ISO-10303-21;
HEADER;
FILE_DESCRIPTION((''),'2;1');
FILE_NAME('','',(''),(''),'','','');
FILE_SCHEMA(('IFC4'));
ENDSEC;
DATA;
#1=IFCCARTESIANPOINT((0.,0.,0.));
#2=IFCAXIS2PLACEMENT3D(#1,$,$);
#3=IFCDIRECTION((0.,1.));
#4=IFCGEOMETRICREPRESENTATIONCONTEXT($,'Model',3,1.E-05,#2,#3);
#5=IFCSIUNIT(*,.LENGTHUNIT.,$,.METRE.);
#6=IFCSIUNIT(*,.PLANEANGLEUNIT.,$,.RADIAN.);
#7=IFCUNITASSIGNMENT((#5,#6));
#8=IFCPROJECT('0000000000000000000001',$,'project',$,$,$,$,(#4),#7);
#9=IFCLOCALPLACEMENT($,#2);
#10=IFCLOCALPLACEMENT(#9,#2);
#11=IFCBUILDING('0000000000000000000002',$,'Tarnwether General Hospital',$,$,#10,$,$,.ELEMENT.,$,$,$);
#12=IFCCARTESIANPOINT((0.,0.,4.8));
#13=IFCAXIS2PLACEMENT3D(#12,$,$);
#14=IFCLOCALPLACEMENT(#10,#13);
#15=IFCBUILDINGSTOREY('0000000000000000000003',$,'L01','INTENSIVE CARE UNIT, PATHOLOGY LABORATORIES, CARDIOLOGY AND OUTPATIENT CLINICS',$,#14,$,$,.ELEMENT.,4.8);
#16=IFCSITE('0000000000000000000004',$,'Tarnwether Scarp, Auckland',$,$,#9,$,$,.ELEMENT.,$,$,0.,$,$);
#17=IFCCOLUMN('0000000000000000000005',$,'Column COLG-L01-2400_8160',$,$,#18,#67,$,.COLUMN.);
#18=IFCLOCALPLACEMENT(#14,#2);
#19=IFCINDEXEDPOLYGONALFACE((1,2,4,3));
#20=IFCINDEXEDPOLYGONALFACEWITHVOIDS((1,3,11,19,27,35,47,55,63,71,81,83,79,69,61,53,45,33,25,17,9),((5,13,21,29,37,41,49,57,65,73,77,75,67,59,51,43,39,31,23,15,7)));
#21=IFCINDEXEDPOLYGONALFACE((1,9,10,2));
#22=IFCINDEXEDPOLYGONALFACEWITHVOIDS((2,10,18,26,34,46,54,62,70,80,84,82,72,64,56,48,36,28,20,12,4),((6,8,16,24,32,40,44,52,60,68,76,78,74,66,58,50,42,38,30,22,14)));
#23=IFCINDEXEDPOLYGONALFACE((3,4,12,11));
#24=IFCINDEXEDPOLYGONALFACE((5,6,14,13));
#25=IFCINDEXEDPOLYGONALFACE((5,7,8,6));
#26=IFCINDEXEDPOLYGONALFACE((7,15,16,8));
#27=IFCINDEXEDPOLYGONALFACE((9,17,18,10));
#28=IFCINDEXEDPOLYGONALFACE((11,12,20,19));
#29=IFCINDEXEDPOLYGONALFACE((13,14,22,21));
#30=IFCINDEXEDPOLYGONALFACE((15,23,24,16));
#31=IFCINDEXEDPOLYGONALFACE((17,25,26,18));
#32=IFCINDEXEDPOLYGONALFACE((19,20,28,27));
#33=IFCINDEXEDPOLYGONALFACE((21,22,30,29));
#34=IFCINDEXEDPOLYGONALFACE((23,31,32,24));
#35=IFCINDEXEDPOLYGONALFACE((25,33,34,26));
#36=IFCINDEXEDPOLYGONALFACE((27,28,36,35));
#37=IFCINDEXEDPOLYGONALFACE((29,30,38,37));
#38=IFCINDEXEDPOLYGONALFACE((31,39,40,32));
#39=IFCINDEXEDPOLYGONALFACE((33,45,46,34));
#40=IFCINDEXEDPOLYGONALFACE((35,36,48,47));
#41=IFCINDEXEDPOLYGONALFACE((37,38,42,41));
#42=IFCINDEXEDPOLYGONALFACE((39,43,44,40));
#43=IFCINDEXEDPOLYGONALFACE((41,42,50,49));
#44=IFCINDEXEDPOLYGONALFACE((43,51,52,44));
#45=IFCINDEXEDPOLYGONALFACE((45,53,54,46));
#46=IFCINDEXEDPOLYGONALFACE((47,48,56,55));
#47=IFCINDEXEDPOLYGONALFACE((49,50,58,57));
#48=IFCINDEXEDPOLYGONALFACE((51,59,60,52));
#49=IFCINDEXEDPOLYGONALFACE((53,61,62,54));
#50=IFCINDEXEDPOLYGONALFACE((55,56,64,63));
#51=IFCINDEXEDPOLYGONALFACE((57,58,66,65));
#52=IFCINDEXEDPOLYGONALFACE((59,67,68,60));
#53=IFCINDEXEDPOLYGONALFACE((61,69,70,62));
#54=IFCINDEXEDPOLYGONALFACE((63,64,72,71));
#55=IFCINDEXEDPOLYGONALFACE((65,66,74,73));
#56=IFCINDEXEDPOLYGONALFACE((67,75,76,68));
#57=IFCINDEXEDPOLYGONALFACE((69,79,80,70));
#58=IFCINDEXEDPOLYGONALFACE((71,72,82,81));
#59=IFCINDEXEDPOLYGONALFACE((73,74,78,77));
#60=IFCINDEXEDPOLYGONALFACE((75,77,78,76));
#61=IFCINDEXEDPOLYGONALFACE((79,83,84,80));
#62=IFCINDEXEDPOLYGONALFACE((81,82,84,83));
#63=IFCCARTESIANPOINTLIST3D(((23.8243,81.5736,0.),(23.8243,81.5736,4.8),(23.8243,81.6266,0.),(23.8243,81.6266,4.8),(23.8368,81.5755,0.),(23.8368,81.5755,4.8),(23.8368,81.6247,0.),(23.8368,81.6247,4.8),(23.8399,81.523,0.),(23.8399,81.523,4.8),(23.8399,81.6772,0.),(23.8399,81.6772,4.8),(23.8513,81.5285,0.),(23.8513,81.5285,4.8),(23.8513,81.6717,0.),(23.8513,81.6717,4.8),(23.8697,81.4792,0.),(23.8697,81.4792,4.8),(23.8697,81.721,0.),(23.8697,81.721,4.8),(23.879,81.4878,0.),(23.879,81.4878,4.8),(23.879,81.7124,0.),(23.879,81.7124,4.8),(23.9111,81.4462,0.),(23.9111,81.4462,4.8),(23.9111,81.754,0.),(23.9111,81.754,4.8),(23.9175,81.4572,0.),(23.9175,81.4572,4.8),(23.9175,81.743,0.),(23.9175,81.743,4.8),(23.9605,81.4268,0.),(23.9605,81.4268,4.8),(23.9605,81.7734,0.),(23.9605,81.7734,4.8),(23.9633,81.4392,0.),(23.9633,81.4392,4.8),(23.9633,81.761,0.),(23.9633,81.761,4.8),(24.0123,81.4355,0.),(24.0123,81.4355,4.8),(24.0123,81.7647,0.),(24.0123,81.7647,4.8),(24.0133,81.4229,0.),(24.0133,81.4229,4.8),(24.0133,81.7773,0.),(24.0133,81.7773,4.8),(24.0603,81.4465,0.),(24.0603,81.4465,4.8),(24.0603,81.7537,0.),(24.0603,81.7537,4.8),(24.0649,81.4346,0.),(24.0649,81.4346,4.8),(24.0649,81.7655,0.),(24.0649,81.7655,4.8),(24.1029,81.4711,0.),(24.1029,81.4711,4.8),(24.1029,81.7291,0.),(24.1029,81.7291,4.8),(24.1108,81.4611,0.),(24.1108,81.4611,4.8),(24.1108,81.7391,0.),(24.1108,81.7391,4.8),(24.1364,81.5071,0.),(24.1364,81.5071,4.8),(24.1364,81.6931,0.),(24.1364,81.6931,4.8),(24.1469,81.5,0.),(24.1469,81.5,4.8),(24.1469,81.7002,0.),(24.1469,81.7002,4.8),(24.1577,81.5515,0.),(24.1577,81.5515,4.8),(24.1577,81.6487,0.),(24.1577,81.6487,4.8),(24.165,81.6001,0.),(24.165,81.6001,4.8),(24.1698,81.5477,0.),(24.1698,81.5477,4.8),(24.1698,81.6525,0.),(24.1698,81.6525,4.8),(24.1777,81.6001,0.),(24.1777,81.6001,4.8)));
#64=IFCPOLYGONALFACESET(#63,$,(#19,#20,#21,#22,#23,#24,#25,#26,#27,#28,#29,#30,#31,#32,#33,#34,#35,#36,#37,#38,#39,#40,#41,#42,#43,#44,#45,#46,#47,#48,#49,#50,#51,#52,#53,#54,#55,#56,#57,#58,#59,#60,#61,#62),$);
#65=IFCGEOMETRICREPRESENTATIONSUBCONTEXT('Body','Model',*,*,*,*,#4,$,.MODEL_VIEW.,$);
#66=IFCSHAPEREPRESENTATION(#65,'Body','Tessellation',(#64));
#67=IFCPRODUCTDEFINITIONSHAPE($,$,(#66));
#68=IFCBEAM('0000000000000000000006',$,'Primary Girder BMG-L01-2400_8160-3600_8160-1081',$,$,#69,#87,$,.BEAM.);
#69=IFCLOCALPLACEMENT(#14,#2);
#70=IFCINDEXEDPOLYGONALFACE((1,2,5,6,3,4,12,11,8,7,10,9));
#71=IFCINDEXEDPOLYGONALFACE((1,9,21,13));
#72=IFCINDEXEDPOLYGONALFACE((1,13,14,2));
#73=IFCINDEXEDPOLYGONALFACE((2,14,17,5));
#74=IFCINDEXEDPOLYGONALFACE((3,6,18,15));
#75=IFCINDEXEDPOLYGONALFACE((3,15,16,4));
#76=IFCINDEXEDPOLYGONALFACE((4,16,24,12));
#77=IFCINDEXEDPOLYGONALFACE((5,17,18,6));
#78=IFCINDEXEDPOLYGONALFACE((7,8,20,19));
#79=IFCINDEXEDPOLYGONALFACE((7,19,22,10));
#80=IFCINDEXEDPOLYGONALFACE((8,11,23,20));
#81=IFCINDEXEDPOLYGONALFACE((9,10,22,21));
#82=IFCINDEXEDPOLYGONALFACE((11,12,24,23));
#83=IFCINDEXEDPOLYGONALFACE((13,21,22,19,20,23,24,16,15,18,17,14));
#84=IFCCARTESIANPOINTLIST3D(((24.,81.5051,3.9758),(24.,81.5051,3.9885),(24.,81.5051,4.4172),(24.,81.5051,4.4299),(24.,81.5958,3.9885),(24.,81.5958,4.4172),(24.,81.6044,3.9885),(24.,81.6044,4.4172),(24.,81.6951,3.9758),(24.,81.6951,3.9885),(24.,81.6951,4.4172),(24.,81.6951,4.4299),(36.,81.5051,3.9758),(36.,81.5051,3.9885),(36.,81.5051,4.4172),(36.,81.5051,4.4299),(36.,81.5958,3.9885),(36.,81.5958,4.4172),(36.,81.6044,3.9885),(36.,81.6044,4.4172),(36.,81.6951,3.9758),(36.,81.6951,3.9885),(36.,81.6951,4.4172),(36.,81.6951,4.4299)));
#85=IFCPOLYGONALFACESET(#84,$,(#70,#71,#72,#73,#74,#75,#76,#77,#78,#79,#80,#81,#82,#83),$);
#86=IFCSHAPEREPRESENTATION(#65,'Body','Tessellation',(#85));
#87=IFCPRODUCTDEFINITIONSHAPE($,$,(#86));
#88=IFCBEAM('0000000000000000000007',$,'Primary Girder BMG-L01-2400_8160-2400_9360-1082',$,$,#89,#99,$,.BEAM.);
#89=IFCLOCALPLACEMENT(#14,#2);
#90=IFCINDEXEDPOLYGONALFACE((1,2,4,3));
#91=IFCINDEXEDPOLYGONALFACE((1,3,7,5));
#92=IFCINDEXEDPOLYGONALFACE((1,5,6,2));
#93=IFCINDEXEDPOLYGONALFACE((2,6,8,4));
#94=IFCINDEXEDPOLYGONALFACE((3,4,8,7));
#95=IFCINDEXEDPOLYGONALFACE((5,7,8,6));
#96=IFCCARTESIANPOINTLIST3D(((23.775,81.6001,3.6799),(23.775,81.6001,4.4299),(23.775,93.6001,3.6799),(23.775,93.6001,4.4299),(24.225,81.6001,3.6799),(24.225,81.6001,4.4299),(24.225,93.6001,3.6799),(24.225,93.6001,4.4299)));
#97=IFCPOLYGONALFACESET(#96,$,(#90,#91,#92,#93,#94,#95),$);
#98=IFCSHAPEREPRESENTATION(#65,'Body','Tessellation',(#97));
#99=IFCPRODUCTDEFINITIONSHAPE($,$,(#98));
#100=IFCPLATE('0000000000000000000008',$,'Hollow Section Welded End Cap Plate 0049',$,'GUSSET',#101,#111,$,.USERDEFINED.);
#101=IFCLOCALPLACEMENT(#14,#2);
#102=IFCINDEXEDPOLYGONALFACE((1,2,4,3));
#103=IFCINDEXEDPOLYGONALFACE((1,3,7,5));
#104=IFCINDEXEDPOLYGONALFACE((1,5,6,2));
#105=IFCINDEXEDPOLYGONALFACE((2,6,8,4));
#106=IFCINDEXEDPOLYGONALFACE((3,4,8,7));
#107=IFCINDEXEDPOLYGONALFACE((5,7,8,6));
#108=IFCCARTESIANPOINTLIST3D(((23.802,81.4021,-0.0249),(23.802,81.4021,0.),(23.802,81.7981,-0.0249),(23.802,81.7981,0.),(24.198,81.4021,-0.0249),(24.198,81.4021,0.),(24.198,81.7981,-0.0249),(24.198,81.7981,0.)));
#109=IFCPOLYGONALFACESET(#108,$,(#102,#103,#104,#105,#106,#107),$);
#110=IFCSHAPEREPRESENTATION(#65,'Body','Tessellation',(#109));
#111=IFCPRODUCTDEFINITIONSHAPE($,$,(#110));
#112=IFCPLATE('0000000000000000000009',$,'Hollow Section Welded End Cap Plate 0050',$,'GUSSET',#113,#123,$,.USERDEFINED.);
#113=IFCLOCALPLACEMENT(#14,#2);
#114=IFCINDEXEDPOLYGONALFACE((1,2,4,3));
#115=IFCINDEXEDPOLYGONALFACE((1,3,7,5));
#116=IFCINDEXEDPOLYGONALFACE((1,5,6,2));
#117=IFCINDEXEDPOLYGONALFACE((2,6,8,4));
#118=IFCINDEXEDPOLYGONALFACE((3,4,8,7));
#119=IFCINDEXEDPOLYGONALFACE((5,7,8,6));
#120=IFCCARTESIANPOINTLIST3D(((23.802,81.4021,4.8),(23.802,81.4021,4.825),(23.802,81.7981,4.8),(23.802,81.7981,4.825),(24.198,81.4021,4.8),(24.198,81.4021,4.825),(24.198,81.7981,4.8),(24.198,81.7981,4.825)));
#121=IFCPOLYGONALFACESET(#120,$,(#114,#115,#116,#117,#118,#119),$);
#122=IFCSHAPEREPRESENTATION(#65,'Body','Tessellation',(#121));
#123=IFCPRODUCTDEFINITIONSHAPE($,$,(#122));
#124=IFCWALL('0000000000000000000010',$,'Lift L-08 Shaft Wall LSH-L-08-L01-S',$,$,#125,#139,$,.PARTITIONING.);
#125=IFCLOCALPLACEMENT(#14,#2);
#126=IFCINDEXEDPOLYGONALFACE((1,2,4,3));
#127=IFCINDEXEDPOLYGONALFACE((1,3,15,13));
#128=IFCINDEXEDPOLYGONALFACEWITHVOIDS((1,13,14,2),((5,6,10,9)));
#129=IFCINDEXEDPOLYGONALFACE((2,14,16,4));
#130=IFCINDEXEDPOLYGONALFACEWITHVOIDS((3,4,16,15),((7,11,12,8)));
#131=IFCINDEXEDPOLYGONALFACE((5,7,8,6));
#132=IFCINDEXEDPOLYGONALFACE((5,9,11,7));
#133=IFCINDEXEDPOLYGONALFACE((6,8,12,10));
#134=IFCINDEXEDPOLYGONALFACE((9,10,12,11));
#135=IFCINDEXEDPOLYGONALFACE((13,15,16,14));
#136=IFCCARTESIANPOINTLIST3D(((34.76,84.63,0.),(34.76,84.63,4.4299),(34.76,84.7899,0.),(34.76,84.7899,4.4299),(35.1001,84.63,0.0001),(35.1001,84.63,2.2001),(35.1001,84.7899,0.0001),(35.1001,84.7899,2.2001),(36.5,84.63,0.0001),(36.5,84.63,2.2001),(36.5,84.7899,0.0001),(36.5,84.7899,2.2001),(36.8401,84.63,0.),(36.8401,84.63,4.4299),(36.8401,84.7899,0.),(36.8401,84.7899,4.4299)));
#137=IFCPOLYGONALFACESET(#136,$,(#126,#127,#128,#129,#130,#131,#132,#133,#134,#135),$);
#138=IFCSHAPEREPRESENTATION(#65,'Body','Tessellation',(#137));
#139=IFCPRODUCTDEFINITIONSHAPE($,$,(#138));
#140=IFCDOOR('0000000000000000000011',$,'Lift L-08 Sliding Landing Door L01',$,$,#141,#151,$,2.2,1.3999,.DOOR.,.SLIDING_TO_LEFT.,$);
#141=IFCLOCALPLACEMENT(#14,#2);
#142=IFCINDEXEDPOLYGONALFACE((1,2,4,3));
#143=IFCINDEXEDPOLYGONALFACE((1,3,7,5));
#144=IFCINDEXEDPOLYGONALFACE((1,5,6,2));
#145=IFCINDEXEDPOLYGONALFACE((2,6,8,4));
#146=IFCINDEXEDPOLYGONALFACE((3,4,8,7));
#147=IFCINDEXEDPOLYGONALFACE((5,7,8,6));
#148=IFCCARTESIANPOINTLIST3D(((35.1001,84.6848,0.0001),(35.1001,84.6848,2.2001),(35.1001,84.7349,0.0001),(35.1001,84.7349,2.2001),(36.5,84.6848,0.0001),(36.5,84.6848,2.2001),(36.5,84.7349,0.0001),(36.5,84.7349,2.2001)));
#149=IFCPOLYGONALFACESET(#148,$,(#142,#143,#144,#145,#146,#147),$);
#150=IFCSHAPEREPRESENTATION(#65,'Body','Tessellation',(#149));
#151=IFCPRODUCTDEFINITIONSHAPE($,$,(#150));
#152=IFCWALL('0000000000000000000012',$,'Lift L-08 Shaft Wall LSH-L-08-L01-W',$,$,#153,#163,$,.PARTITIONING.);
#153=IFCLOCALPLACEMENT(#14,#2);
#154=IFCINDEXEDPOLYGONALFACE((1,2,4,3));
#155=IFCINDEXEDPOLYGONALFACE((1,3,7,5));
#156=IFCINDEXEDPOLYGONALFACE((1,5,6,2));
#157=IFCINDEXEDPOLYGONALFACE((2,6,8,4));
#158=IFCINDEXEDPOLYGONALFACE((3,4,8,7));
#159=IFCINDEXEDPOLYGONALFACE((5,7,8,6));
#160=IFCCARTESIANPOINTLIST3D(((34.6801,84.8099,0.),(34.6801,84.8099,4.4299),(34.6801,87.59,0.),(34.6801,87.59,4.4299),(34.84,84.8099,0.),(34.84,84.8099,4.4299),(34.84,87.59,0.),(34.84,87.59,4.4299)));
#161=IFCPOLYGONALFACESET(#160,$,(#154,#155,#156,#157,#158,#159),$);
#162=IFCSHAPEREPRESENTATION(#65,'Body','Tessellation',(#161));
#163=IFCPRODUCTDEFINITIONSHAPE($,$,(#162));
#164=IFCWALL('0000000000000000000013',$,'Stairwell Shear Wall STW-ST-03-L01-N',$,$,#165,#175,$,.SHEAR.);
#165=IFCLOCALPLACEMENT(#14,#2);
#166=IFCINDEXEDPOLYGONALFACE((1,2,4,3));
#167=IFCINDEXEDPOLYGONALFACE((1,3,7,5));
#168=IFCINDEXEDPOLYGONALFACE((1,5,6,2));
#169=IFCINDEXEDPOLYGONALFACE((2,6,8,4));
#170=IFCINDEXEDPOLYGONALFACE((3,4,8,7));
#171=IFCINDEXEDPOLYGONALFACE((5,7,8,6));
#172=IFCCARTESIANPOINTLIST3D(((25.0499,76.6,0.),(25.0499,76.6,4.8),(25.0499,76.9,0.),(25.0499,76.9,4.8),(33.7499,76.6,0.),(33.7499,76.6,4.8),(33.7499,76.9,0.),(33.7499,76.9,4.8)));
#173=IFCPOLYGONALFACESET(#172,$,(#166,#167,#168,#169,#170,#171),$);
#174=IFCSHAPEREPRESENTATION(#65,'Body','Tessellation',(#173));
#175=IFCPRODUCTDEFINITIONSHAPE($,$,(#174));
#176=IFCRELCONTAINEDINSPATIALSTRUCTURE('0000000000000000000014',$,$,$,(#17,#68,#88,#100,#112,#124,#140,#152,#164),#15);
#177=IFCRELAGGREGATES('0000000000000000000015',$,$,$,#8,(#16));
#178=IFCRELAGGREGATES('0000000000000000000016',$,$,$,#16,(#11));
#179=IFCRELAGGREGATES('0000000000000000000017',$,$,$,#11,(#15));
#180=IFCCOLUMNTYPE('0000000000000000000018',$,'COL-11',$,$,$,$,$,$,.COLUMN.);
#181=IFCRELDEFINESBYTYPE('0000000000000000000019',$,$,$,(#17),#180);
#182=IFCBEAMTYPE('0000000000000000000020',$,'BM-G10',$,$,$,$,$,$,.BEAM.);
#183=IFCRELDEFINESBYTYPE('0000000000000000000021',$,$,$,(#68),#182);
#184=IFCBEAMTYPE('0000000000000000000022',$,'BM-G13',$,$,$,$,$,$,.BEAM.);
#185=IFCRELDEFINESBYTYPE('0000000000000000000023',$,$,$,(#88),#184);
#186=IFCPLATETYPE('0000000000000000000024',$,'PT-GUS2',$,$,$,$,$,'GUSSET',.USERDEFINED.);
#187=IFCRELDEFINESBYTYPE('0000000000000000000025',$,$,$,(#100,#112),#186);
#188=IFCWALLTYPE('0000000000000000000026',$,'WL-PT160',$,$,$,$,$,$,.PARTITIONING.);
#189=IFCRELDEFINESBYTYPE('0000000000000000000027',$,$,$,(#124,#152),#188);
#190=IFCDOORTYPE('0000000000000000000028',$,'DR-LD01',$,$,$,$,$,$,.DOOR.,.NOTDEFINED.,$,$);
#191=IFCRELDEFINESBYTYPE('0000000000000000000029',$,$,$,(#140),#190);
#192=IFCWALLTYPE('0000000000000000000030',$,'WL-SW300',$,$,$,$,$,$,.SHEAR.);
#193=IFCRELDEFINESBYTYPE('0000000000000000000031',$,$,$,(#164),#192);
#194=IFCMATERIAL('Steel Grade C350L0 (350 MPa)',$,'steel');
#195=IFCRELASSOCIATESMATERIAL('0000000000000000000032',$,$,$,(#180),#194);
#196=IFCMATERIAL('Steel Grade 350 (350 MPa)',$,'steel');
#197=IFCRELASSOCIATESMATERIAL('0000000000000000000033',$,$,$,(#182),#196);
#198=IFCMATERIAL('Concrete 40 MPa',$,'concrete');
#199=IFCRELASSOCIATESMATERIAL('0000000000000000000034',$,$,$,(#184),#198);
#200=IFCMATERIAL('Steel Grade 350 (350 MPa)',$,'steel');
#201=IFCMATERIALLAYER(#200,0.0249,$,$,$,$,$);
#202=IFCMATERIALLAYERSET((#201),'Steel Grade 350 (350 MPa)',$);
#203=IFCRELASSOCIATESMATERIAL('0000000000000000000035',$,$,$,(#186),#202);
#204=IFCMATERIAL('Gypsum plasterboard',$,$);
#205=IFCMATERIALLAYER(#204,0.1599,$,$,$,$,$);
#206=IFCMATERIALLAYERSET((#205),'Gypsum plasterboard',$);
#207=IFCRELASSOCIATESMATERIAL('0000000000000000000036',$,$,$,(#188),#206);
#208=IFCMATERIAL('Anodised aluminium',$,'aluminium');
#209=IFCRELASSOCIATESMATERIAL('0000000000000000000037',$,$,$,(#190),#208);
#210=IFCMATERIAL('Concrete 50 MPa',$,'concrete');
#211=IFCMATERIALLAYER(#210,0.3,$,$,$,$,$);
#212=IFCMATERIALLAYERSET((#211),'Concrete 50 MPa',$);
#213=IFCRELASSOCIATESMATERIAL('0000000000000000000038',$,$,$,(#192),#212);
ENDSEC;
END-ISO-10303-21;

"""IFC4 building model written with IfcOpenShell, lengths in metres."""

from ifc_helpers import new_model, si_unit, direction, frame, frame_2d, origin, origin_2d, place, context, subcontext, project, spatial, rectangle, hollow_circle, i_section, extrude, material, layer, layer_set, material_profile, profile_set, type_object, element, fill, save


model = new_model("IFC4")

# Units and contexts
model_context = context("Model", 3, precision=1e-05, world=origin(), true_north=direction((0.0, 1.0)))
body_context = subcontext(model_context, "Body", "Model", "MODEL_VIEW")
ifc_project = project(units=[si_unit("LENGTHUNIT", "METRE"), si_unit("PLANEANGLEUNIT", "RADIAN")], contexts=[model_context])

# Site, building, storey
site_placement = place(None, origin())
site = spatial("IfcSite", under=ifc_project, at=site_placement, Name="Tarnwether Scarp, Auckland", CompositionType="ELEMENT", RefElevation=0.0)
building_placement = place(site_placement, origin())
building = spatial("IfcBuilding", under=site, at=building_placement, Name="Tarnwether General Hospital", CompositionType="ELEMENT")
storey_placement = place(building_placement, frame((0.0, 0.0, 4.8)))
storey = spatial("IfcBuildingStorey", under=building, at=storey_placement, Name="L01", Description="INTENSIVE CARE UNIT, PATHOLOGY LABORATORIES, CARDIOLOGY AND OUTPATIENT CLINICS", CompositionType="ELEMENT", Elevation=4.8)

# Column
ifc_material_1 = material(Name="Steel Grade C350L0 (350 MPa)", Category="steel")
ifc_material_profile_1 = material_profile(ifc_material_1, hollow_circle(Radius=0.1777, WallThickness=0.0127, at=origin_2d()), Name="CHS355.6x12.7")
ifc_profile_set_1 = profile_set([ifc_material_profile_1], Name="Steel Grade C350L0 (350 MPa)")
column_type = type_object("IfcColumnType", Name="COL-11", PredefinedType="COLUMN", material=ifc_profile_set_1)
column_placement = place(storey_placement, frame((24.0, 81.6001, 0.0), z_axis=(0.0, 0.0, 1.0), x_axis=(1.0, 0.0, 0.0)))
element("IfcColumn", 1, at=column_placement, inside=storey, type_object=column_type, Name="Column COLG-L01-2400_8160", PredefinedType="COLUMN", context=body_context, shape_type="SweptSolid", body=[
    extrude(hollow_circle(Radius=0.1777, WallThickness=0.0127, at=origin_2d()), origin(), (0.0, 0.0, 1.0), 4.8),
])

# Beams
ifc_material_2 = material(Name="Steel Grade 350 (350 MPa)", Category="steel")
ifc_material_profile_2 = material_profile(ifc_material_2, i_section(OverallWidth=0.1899, OverallDepth=0.4541, WebThickness=0.0085, FlangeThickness=0.0127, at=origin_2d()), Name="460UB67.1")
ifc_profile_set_2 = profile_set([ifc_material_profile_2], Name="Steel Grade 350 (350 MPa)")
beam_type_1 = type_object("IfcBeamType", Name="BM-G10", PredefinedType="BEAM", material=ifc_profile_set_2)
beam_1_placement = place(storey_placement, frame((24.0, 81.6001, 4.2029), z_axis=(1.0, 0.0, 0.0), x_axis=(0.0, 1.0, 0.0)))
element("IfcBeam", 2, at=beam_1_placement, inside=storey, type_object=beam_type_1, Name="Primary Girder BMG-L01-2400_8160-3600_8160-1081", PredefinedType="BEAM", context=body_context, shape_type="SweptSolid", body=[
    extrude(i_section(OverallWidth=0.1899, OverallDepth=0.4541, WebThickness=0.0085, FlangeThickness=0.0127, at=origin_2d()), origin(), (0.0, 0.0, 1.0), 12.0),
])
ifc_material_3 = material(Name="Concrete 40 MPa", Category="concrete")
ifc_material_profile_3 = material_profile(ifc_material_3, rectangle(XDim=0.45, YDim=0.75, at=origin_2d()), Name="RC-BM-450x750")
ifc_profile_set_3 = profile_set([ifc_material_profile_3], Name="Concrete 40 MPa")
beam_type_2 = type_object("IfcBeamType", Name="BM-G13", PredefinedType="BEAM", material=ifc_profile_set_3)
beam_2_placement = place(storey_placement, frame((24.0, 81.6001, 4.0549), z_axis=(0.0, 1.0, 0.0), x_axis=(-1.0, 0.0, 0.0)))
element("IfcBeam", 3, at=beam_2_placement, inside=storey, type_object=beam_type_2, Name="Primary Girder BMG-L01-2400_8160-2400_9360-1082", PredefinedType="BEAM", context=body_context, shape_type="SweptSolid", body=[
    extrude(rectangle(XDim=0.45, YDim=0.75, at=origin_2d()), origin(), (0.0, 0.0, 1.0), 12.0),
])

# Plates
ifc_material_4 = material(Name="Steel Grade 350 (350 MPa)", Category="steel")
ifc_layer_1 = layer(ifc_material_4, 0.0249)
ifc_layer_set_1 = layer_set([ifc_layer_1], Name="Steel Grade 350 (350 MPa)")
plate_type = type_object("IfcPlateType", Name="PT-GUS2", ElementType="GUSSET", PredefinedType="USERDEFINED", material=ifc_layer_set_1)
for number, where, z_axis, x_axis, name in (
    (4, (24.0, 81.6001, -0.0249), (0.0, 0.0, 1.0), (1.0, 0.0, 0.0), "Hollow Section Welded End Cap Plate 0049"),
    (5, (24.0, 81.6001, 4.8), (0.0, 0.0, 1.0), (1.0, 0.0, 0.0), "Hollow Section Welded End Cap Plate 0050"),
):
    element("IfcPlate", number, at=place(storey_placement, frame(where, z_axis=z_axis, x_axis=x_axis)), inside=storey, type_object=plate_type, Name=name, ObjectType="GUSSET", PredefinedType="USERDEFINED", context=body_context, shape_type="SweptSolid", body=[
        extrude(rectangle(XDim=0.396, YDim=0.396, at=origin_2d()), origin(), (0.0, 0.0, 1.0), 0.0249),
    ])

# Wall, opening, door
ifc_material_5 = material(Name="Gypsum plasterboard")
ifc_layer_2 = layer(ifc_material_5, 0.1599)
ifc_layer_set_2 = layer_set([ifc_layer_2], Name="Gypsum plasterboard")
wall_type_1 = type_object("IfcWallType", Name="WL-PT160", PredefinedType="PARTITIONING", material=ifc_layer_set_2)
wall_1_placement = place(storey_placement, frame((34.76, 84.71, 0.0), z_axis=(0.0, 0.0, 1.0), x_axis=(1.0, 0.0, 0.0)))
wall_1 = element("IfcWall", 6, at=wall_1_placement, inside=storey, type_object=wall_type_1, Name="Lift L-08 Shaft Wall LSH-L-08-L01-S", PredefinedType="PARTITIONING", context=body_context, shape_type="SweptSolid", body=[
    extrude(rectangle(XDim=2.0801, YDim=0.1599, at=frame_2d((1.04, 0.0))), origin(), (0.0, 0.0, 1.0), 4.4299),
])
opening_1_placement = place(wall_1_placement, frame((0.3401, 0.0, 0.0)))
opening_1 = element("IfcOpeningElement", 7, at=opening_1_placement, cuts=wall_1, PredefinedType="OPENING", context=body_context, shape_type="SweptSolid", body=[
    extrude(rectangle(XDim=1.3999, YDim=2.2, at=frame_2d((0.7, 1.1001))), frame((0.0, 0.0898, 0.0), z_axis=(0.0, -1.0, 0.0), x_axis=(1.0, 0.0, 0.0)), (0.0, 0.0, 1.0), 0.1799),
])
ifc_material_6 = material(Name="Anodised aluminium", Category="aluminium")
door_type_1 = type_object("IfcDoorType", Name="DR-LD01", OperationType="NOTDEFINED", PredefinedType="DOOR", material=ifc_material_6)
door_1_placement = place(opening_1_placement, origin())
door_1 = element("IfcDoor", 8, at=door_1_placement, inside=storey, type_object=door_type_1, Name="Lift L-08 Sliding Landing Door L01", OperationType="SLIDING_TO_LEFT", OverallHeight=2.2, OverallWidth=1.3999, PredefinedType="DOOR", context=body_context, shape_type="SweptSolid", body=[
    extrude(rectangle(XDim=1.3999, YDim=2.2, at=frame_2d((0.7, 1.1001))), frame((0.0, 0.0249, 0.0), z_axis=(0.0, -1.0, 0.0), x_axis=(1.0, 0.0, 0.0)), (0.0, 0.0, 1.0), 0.05),
])
fill(opening_1, door_1)

# Walls
wall_2_placement = place(storey_placement, frame((34.76, 87.5901, 0.0), z_axis=(0.0, 0.0, 1.0), x_axis=(0.0, -1.0, 0.0)))
element("IfcWall", 9, at=wall_2_placement, inside=storey, type_object=wall_type_1, Name="Lift L-08 Shaft Wall LSH-L-08-L01-W", PredefinedType="PARTITIONING", context=body_context, shape_type="SweptSolid", body=[
    extrude(rectangle(XDim=2.78, YDim=0.1599, at=frame_2d((1.3901, 0.0))), origin(), (0.0, 0.0, 1.0), 4.4299),
])
ifc_material_7 = material(Name="Concrete 50 MPa", Category="concrete")
ifc_layer_3 = layer(ifc_material_7, 0.3)
ifc_layer_set_3 = layer_set([ifc_layer_3], Name="Concrete 50 MPa")
wall_type_2 = type_object("IfcWallType", Name="WL-SW300", PredefinedType="SHEAR", material=ifc_layer_set_3)
wall_3_placement = place(storey_placement, frame((33.75, 76.75, 0.0), z_axis=(0.0, 0.0, 1.0), x_axis=(-1.0, 0.0, 0.0)))
element("IfcWall", 10, at=wall_3_placement, inside=storey, type_object=wall_type_2, Name="Stairwell Shear Wall STW-ST-03-L01-N", PredefinedType="SHEAR", context=body_context, shape_type="SweptSolid", body=[
    extrude(rectangle(XDim=8.7, YDim=0.3, at=frame_2d((4.3501, 0.0))), origin(), (0.0, 0.0, 1.0), 4.8),
])

save(model, "model.ifc")
